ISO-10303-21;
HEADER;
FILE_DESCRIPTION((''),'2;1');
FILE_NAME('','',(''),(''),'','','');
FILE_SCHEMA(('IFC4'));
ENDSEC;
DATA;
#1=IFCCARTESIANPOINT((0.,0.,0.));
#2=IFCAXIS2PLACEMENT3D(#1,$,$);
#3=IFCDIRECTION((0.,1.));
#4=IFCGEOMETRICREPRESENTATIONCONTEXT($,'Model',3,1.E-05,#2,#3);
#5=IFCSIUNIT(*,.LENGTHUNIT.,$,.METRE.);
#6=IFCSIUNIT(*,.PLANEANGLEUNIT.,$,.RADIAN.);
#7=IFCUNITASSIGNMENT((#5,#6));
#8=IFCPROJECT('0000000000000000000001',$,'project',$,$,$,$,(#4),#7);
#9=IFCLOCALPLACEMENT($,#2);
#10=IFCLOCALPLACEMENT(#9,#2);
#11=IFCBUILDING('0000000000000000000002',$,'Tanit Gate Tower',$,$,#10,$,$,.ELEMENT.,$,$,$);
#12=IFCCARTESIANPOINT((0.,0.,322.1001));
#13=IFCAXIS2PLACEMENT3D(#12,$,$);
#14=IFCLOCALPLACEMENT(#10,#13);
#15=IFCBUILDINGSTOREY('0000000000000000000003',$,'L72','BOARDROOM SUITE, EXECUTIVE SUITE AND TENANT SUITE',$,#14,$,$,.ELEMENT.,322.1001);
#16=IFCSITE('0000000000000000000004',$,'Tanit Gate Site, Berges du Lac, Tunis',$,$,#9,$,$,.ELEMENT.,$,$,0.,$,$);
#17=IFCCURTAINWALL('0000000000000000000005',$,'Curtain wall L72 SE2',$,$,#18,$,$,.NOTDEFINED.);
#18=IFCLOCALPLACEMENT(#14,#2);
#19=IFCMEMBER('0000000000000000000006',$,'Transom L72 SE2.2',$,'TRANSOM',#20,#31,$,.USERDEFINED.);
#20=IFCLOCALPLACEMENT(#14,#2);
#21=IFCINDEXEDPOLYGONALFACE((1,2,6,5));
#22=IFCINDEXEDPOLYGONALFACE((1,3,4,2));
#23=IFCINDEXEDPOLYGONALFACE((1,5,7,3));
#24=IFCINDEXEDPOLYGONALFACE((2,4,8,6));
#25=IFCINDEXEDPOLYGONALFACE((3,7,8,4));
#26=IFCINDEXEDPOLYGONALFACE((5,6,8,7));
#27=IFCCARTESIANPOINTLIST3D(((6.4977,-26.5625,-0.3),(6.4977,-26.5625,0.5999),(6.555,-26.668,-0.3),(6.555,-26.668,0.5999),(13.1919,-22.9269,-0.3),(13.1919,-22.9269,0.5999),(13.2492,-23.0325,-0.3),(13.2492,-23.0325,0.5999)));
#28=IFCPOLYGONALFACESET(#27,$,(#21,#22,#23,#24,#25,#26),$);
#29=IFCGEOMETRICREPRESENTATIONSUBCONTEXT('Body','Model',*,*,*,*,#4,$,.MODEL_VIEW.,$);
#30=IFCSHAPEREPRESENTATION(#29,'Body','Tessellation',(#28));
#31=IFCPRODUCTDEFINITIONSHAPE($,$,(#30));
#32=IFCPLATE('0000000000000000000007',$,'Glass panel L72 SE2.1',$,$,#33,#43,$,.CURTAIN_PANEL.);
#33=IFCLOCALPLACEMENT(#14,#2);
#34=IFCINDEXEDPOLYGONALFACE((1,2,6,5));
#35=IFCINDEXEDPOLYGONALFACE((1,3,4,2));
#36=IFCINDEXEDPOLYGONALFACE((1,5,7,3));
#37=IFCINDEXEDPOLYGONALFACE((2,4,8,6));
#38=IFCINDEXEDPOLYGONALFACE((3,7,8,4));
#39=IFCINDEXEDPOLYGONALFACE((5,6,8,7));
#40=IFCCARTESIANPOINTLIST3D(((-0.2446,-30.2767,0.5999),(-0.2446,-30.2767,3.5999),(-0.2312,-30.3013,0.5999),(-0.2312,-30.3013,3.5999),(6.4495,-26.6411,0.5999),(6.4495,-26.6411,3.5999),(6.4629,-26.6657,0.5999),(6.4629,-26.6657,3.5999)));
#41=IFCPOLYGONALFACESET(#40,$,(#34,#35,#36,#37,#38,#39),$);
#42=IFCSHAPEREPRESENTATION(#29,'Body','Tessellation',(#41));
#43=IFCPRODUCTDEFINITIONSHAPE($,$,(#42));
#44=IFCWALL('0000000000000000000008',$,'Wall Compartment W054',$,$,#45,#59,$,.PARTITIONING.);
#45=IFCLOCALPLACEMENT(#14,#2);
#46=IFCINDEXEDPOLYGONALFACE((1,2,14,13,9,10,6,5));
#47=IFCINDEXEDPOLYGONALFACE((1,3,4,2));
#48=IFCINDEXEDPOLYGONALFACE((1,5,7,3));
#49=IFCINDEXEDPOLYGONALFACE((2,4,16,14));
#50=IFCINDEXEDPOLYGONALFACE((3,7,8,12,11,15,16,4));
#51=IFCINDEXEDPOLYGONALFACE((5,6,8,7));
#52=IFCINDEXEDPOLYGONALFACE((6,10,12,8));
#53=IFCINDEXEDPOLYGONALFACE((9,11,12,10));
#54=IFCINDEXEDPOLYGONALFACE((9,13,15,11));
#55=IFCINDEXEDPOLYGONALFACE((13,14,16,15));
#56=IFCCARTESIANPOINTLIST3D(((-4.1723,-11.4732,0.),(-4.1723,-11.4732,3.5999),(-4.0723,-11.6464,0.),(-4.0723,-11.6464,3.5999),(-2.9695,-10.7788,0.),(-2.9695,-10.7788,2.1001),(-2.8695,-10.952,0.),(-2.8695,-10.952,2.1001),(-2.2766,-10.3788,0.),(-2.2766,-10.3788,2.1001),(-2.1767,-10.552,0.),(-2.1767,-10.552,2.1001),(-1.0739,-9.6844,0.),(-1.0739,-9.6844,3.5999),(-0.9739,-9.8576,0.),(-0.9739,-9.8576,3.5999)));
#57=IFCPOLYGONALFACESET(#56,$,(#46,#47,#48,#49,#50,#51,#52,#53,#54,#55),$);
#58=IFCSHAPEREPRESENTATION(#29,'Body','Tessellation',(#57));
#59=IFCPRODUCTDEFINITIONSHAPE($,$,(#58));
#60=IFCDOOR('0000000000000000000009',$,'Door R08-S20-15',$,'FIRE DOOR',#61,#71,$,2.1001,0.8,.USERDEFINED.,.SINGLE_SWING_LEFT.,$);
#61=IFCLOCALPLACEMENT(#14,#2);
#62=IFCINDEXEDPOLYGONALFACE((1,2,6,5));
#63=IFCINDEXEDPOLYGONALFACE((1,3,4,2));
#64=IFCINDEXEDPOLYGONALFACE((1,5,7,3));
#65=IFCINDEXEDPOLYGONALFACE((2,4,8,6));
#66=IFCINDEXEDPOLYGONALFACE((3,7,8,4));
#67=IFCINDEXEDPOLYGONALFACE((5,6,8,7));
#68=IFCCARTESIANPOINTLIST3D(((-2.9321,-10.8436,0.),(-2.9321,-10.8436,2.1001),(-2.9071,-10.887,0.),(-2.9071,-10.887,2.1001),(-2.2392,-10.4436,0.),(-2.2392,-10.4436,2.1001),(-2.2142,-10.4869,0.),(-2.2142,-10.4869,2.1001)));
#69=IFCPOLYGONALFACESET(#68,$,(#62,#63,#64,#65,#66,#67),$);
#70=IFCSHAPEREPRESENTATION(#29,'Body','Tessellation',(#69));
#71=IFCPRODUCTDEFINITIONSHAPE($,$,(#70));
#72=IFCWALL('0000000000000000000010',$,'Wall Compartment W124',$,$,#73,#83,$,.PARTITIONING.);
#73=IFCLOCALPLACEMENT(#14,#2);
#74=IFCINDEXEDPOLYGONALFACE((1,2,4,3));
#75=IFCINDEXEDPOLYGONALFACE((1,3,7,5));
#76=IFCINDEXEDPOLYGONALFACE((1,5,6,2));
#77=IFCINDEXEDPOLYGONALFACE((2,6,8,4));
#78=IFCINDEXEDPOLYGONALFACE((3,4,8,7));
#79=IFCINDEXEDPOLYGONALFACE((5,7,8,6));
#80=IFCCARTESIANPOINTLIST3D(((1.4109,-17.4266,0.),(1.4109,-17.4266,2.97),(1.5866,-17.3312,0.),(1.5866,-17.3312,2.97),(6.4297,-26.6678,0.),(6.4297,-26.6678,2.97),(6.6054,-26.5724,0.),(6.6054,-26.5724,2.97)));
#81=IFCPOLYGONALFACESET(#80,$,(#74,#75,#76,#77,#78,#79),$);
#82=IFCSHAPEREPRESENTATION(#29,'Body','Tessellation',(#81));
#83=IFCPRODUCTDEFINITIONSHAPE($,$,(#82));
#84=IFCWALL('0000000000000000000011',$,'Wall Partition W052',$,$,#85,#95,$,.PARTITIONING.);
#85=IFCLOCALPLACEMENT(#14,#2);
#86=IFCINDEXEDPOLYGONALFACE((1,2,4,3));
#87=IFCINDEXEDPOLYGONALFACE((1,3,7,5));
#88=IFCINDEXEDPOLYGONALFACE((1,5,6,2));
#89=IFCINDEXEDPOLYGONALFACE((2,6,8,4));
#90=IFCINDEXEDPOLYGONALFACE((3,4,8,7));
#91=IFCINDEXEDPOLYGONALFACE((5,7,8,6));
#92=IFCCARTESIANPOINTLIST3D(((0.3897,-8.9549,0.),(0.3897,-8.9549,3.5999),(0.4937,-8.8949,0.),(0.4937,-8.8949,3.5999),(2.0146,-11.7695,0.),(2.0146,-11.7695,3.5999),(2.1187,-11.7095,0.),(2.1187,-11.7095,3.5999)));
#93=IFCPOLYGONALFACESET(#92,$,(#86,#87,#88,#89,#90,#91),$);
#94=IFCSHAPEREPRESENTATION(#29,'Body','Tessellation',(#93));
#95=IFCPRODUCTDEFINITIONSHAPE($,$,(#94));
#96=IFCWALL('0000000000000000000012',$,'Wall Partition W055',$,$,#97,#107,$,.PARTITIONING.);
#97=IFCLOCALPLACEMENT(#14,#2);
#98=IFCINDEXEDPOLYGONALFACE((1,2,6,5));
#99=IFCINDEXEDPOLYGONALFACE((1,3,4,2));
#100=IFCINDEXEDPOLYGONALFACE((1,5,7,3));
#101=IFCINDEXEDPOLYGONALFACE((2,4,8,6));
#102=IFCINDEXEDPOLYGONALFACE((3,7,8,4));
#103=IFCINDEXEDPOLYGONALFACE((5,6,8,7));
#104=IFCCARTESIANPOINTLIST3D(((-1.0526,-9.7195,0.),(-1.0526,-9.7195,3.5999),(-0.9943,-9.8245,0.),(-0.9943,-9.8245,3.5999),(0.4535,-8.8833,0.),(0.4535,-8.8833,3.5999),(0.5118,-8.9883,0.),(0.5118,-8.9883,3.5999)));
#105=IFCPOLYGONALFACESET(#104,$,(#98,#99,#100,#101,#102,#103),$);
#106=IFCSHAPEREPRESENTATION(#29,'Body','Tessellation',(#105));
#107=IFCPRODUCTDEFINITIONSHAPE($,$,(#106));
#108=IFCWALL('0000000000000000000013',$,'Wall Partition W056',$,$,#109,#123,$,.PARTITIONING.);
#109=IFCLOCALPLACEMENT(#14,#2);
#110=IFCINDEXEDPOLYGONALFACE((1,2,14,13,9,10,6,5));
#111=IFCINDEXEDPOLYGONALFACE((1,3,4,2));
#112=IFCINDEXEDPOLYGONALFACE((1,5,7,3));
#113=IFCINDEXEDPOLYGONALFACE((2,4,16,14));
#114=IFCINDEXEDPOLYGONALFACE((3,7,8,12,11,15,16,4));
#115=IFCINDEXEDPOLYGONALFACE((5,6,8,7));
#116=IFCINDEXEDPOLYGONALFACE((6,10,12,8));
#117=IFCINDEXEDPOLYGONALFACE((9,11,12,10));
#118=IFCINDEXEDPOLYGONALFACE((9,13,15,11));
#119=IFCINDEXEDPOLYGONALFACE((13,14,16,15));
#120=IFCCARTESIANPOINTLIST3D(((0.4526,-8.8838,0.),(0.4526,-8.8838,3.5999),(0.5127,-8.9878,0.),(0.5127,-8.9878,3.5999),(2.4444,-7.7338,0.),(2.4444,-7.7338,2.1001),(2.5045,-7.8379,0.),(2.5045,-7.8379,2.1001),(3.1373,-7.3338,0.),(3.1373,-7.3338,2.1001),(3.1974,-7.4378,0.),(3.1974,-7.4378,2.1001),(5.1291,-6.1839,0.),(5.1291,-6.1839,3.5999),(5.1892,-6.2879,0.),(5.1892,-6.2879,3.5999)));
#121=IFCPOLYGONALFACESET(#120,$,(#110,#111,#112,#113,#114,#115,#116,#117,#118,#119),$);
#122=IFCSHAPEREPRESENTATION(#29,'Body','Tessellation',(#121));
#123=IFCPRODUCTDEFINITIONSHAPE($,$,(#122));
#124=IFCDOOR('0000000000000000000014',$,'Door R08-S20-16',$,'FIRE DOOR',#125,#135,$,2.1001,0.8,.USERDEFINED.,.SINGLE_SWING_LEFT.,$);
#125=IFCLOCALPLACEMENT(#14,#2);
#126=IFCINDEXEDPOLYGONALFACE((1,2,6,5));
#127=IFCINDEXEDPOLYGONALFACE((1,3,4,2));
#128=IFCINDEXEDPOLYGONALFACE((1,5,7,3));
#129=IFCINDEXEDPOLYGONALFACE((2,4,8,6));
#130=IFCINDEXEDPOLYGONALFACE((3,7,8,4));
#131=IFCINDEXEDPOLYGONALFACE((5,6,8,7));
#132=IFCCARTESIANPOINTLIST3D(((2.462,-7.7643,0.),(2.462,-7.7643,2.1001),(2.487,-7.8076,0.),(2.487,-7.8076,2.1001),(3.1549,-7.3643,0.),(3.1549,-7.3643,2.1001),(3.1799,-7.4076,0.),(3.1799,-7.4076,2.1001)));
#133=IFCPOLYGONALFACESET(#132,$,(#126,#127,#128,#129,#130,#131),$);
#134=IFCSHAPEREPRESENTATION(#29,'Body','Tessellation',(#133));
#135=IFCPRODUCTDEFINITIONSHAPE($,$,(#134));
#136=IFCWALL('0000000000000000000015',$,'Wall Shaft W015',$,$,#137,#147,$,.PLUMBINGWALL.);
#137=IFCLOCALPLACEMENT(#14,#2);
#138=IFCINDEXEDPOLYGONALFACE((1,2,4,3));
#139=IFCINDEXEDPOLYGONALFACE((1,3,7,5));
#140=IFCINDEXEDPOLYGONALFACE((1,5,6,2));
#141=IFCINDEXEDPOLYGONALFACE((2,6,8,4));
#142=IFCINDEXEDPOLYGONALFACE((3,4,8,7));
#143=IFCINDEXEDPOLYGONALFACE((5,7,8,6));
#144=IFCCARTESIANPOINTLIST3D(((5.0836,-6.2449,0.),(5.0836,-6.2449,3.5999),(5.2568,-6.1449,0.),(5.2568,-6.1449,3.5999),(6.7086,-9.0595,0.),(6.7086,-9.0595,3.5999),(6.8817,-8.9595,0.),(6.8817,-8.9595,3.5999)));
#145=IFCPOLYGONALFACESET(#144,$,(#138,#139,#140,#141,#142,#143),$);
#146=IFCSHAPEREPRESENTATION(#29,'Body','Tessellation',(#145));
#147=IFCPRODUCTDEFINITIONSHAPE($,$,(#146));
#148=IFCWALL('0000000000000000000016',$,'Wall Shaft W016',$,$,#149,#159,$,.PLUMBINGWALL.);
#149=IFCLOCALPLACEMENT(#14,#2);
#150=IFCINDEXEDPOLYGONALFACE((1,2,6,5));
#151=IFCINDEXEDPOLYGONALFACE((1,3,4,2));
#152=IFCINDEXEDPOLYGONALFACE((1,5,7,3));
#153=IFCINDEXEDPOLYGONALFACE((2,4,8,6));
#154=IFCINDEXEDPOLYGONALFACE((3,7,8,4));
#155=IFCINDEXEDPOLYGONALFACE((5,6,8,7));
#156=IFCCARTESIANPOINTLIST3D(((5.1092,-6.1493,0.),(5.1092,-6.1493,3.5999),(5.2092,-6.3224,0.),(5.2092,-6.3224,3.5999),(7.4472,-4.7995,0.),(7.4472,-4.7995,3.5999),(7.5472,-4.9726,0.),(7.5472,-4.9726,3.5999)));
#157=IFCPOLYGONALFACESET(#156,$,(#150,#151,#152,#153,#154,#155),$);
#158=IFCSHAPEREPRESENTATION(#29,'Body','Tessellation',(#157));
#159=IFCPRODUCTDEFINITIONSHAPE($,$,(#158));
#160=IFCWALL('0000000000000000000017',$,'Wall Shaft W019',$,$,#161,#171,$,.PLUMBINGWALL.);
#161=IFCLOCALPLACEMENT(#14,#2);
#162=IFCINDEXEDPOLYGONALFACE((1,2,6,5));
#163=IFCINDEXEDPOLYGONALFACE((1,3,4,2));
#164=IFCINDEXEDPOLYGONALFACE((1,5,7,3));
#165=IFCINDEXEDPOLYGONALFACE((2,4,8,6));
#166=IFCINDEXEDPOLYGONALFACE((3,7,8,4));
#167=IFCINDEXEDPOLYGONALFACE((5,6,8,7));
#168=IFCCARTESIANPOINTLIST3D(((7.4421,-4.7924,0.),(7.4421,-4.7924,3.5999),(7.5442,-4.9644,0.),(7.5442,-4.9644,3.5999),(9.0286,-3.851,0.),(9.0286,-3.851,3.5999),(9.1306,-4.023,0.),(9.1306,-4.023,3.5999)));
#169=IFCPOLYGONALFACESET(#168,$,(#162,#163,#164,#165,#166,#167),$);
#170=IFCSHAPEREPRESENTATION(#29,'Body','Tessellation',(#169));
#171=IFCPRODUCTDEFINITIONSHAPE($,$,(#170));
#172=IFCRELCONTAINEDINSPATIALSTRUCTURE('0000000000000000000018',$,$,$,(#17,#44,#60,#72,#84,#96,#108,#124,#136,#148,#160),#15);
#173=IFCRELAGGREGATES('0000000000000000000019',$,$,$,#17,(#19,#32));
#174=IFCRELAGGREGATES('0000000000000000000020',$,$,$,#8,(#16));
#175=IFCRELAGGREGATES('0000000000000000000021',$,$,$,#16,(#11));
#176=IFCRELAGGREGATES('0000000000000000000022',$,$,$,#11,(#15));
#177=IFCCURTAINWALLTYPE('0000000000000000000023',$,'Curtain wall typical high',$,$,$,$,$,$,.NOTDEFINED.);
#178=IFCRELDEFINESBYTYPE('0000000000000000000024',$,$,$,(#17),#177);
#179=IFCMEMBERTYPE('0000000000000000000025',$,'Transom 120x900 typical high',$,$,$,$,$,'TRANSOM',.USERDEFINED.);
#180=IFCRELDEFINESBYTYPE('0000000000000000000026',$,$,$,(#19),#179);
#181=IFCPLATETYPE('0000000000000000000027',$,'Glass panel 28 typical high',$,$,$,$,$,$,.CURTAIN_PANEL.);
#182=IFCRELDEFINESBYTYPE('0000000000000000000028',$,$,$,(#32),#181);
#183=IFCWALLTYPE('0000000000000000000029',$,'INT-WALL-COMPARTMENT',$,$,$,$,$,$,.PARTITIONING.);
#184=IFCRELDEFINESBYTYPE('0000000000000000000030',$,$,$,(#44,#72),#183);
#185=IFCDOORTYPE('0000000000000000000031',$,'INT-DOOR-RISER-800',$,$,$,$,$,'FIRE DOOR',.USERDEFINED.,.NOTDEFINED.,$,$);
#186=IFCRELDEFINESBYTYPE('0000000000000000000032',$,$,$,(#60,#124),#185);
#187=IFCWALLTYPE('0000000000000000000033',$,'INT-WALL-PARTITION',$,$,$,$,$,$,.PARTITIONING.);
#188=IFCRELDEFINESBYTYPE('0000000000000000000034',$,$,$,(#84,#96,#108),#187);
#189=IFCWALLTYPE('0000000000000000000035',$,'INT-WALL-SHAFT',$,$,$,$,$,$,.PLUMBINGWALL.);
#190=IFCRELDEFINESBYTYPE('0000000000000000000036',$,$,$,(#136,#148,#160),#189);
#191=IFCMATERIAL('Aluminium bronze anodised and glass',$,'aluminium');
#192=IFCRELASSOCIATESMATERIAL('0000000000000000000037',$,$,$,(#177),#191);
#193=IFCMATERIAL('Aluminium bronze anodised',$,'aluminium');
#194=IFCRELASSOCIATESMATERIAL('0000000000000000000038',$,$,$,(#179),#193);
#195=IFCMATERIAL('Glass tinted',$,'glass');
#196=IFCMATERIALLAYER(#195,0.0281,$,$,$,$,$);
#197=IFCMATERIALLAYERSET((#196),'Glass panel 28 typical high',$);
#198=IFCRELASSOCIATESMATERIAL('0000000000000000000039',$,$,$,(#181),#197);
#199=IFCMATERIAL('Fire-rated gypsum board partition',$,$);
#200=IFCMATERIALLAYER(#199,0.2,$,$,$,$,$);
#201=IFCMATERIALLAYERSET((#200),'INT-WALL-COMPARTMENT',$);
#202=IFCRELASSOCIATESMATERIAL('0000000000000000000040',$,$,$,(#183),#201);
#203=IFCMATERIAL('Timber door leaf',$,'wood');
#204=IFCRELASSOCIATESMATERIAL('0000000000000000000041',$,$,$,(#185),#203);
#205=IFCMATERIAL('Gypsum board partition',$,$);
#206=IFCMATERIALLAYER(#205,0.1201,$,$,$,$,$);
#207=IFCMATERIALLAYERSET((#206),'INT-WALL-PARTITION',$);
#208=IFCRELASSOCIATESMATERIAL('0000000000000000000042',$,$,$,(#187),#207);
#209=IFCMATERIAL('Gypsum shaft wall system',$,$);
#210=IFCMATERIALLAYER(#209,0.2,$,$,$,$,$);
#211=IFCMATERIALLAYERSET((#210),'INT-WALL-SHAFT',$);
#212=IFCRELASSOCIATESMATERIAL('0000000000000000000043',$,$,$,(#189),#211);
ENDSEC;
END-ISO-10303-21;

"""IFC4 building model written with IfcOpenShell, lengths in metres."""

from ifc_helpers import new_model, si_unit, direction, frame, frame_2d, origin, origin_2d, place, context, subcontext, project, spatial, rectangle, extrude, material, layer, layer_set, material_profile, profile_set, type_object, element, fill, aggregate, save


model = new_model("IFC4")

# Units and contexts
model_context = context("Model", 3, precision=1e-05, world=origin(), true_north=direction((0.0, 1.0)))
body_context = subcontext(model_context, "Body", "Model", "MODEL_VIEW")
ifc_project = project(units=[si_unit("LENGTHUNIT", "METRE"), si_unit("PLANEANGLEUNIT", "RADIAN")], contexts=[model_context])

# Site, building, storey
site_placement = place(None, origin())
site = spatial("IfcSite", under=ifc_project, at=site_placement, Name="Tanit Gate Site, Berges du Lac, Tunis", CompositionType="ELEMENT", RefElevation=0.0)
building_placement = place(site_placement, origin())
building = spatial("IfcBuilding", under=site, at=building_placement, Name="Tanit Gate Tower", CompositionType="ELEMENT")
storey_placement = place(building_placement, frame((0.0, 0.0, 322.1001)))
storey = spatial("IfcBuildingStorey", under=building, at=storey_placement, Name="L72", Description="BOARDROOM SUITE, EXECUTIVE SUITE AND TENANT SUITE", CompositionType="ELEMENT", Elevation=322.1001)

# Curtain wall
ifc_material_1 = material(Name="Aluminium bronze anodised and glass", Category="aluminium")
curtain_wall_type = type_object("IfcCurtainWallType", Name="Curtain wall typical high", PredefinedType="NOTDEFINED", material=ifc_material_1)
curtain_wall_1_placement = place(storey_placement, origin())
curtain_wall_1 = element("IfcCurtainWall", 1, at=curtain_wall_1_placement, inside=storey, type_object=curtain_wall_type, Name="Curtain wall L72 SE2", PredefinedType="NOTDEFINED")

# Member
ifc_material_2 = material(Name="Aluminium bronze anodised", Category="aluminium")
ifc_material_profile_1 = material_profile(ifc_material_2, rectangle(XDim=0.1201, YDim=0.8999, at=origin_2d()), Name="120x900 bronze transom")
ifc_profile_set_1 = profile_set([ifc_material_profile_1], Name="Aluminium bronze anodised")
member_type_1 = type_object("IfcMemberType", Name="Transom 120x900 typical high", ElementType="TRANSOM", PredefinedType="USERDEFINED", material=ifc_profile_set_1)
member_1_placement = place(storey_placement, frame((6.5264, -26.6152, 0.1499), z_axis=(0.878767, 0.47725, 0.0), x_axis=(-0.47725, 0.878767, 0.0)))
member_1 = element("IfcMember", 2, at=member_1_placement, type_object=member_type_1, Name="Transom L72 SE2.2", ObjectType="TRANSOM", PredefinedType="USERDEFINED", context=body_context, shape_type="SweptSolid", body=[
    extrude(rectangle(XDim=0.1201, YDim=0.8999, at=origin_2d()), origin(), (0.0, 0.0, 1.0), 7.6177),
])

# Plate
ifc_material_3 = material(Name="Glass tinted", Category="glass")
ifc_layer_1 = layer(ifc_material_3, 0.0281)
ifc_layer_set_1 = layer_set([ifc_layer_1], Name="Glass panel 28 typical high")
plate_type = type_object("IfcPlateType", Name="Glass panel 28 typical high", PredefinedType="CURTAIN_PANEL", material=ifc_layer_set_1)
plate_placement = place(storey_placement, frame((3.1091, -28.4712, 0.5999), z_axis=(0.0, 0.0, 1.0), x_axis=(0.878762, 0.477259, 0.0)))
plate = element("IfcPlate", 3, at=plate_placement, type_object=plate_type, Name="Glass panel L72 SE2.1", PredefinedType="CURTAIN_PANEL", context=body_context, shape_type="SweptSolid", body=[
    extrude(rectangle(XDim=7.6177, YDim=0.0281, at=origin_2d()), origin(), (0.0, 0.0, 1.0), 3.0),
])
aggregate(curtain_wall_1, [member_1, plate])

# Wall, opening, door
ifc_material_4 = material(Name="Fire-rated gypsum board partition")
ifc_layer_2 = layer(ifc_material_4, 0.2)
ifc_layer_set_2 = layer_set([ifc_layer_2], Name="INT-WALL-COMPARTMENT")
wall_type_1 = type_object("IfcWallType", Name="INT-WALL-COMPARTMENT", PredefinedType="PARTITIONING", material=ifc_layer_set_2)
wall_1_placement = place(storey_placement, frame((-1.0239, -9.771, 0.0), z_axis=(0.0, 0.0, 1.0), x_axis=(-0.86603, -0.499992, 0.0)))
wall_1 = element("IfcWall", 4, at=wall_1_placement, inside=storey, type_object=wall_type_1, Name="Wall Compartment W054", PredefinedType="PARTITIONING", context=body_context, shape_type="SweptSolid", body=[
    extrude(rectangle(XDim=3.5776, YDim=0.2, at=frame_2d((1.7888, 0.0))), origin(), (0.0, 0.0, 1.0), 3.5999),
])
opening_1_placement = place(wall_1_placement, frame((1.3889, 0.0, 0.0)))
opening_1 = element("IfcOpeningElement", 5, at=opening_1_placement, cuts=wall_1, PredefinedType="OPENING", context=body_context, shape_type="SweptSolid", body=[
    extrude(rectangle(XDim=0.8, YDim=2.1001, at=frame_2d((0.3999, 1.05))), frame((0.0, 0.1099, 0.0), z_axis=(0.0, -1.0, 0.0), x_axis=(1.0, 0.0, 0.0)), (0.0, 0.0, 1.0), 0.22),
])
ifc_material_5 = material(Name="Timber door leaf", Category="wood")
door_type = type_object("IfcDoorType", Name="INT-DOOR-RISER-800", ElementType="FIRE DOOR", OperationType="NOTDEFINED", PredefinedType="USERDEFINED", material=ifc_material_5)
door_1_placement = place(opening_1_placement, origin())
door_1 = element("IfcDoor", 6, at=door_1_placement, inside=storey, type_object=door_type, Name="Door R08-S20-15", ObjectType="FIRE DOOR", OperationType="SINGLE_SWING_LEFT", OverallHeight=2.1001, OverallWidth=0.8, PredefinedType="USERDEFINED", context=body_context, shape_type="SweptSolid", body=[
    extrude(rectangle(XDim=0.8, YDim=2.1001, at=frame_2d((0.3999, 1.05))), frame((0.0, 0.0249, 0.0), z_axis=(0.0, -1.0, 0.0), x_axis=(1.0, 0.0, 0.0)), (0.0, 0.0, 1.0), 0.05),
])
fill(opening_1, door_1)

# Walls
wall_2_placement = place(storey_placement, frame((1.4988, -17.3789, 0.0), z_axis=(0.0, 0.0, 1.0), x_axis=(0.477249, -0.878768, 0.0)))
element("IfcWall", 7, at=wall_2_placement, inside=storey, type_object=wall_type_1, Name="Wall Compartment W124", PredefinedType="PARTITIONING", context=body_context, shape_type="SweptSolid", body=[
    extrude(rectangle(XDim=10.5161, YDim=0.2, at=frame_2d((5.2581, 0.0))), origin(), (0.0, 0.0, 1.0), 2.97),
])
ifc_material_6 = material(Name="Gypsum board partition")
ifc_layer_3 = layer(ifc_material_6, 0.1201)
ifc_layer_set_3 = layer_set([ifc_layer_3], Name="INT-WALL-PARTITION")
wall_type_2 = type_object("IfcWallType", Name="INT-WALL-PARTITION", PredefinedType="PARTITIONING", material=ifc_layer_set_3)
wall_3_placement = place(storey_placement, frame((2.0667, -11.7395, 0.0), z_axis=(0.0, 0.0, 1.0), x_axis=(-0.499985, 0.866034, 0.0)))
element("IfcWall", 8, at=wall_3_placement, inside=storey, type_object=wall_type_2, Name="Wall Partition W052", PredefinedType="PARTITIONING", context=body_context, shape_type="SweptSolid", body=[
    extrude(rectangle(XDim=3.25, YDim=0.1201, at=frame_2d((1.625, 0.0))), origin(), (0.0, 0.0, 1.0), 3.5999),
])
wall_4_placement = place(storey_placement, frame((-1.0234, -9.772, 0.0), z_axis=(0.0, 0.0, 1.0), x_axis=(0.874291, 0.485402, 0.0)))
element("IfcWall", 9, at=wall_4_placement, inside=storey, type_object=wall_type_2, Name="Wall Partition W055", PredefinedType="PARTITIONING", context=body_context, shape_type="SweptSolid", body=[
    extrude(rectangle(XDim=1.7227, YDim=0.1201, at=frame_2d((0.8613, 0.0))), origin(), (0.0, 0.0, 1.0), 3.5999),
])

# Wall, opening, door
wall_5_placement = place(storey_placement, frame((0.4827, -8.9358, 0.0), z_axis=(0.0, 0.0, 1.0), x_axis=(0.866028, 0.499995, 0.0)))
wall_5 = element("IfcWall", 10, at=wall_5_placement, inside=storey, type_object=wall_type_2, Name="Wall Partition W056", PredefinedType="PARTITIONING", context=body_context, shape_type="SweptSolid", body=[
    extrude(rectangle(XDim=5.3999, YDim=0.1201, at=frame_2d((2.7, 0.0))), origin(), (0.0, 0.0, 1.0), 3.5999),
])
opening_2_placement = place(wall_5_placement, frame((2.3, 0.0, 0.0)))
opening_2 = element("IfcOpeningElement", 11, at=opening_2_placement, cuts=wall_5, PredefinedType="OPENING", context=body_context, shape_type="SweptSolid", body=[
    extrude(rectangle(XDim=0.8, YDim=2.1001, at=frame_2d((0.3999, 1.05))), frame((0.0, 0.0701, 0.0), z_axis=(0.0, -1.0, 0.0), x_axis=(1.0, 0.0, 0.0)), (0.0, 0.0, 1.0), 0.1401),
])
door_2_placement = place(opening_2_placement, origin())
door_2 = element("IfcDoor", 12, at=door_2_placement, inside=storey, type_object=door_type, Name="Door R08-S20-16", ObjectType="FIRE DOOR", OperationType="SINGLE_SWING_LEFT", OverallHeight=2.1001, OverallWidth=0.8, PredefinedType="USERDEFINED", context=body_context, shape_type="SweptSolid", body=[
    extrude(rectangle(XDim=0.8, YDim=2.1001, at=frame_2d((0.3999, 1.05))), frame((0.0, 0.0249, 0.0), z_axis=(0.0, -1.0, 0.0), x_axis=(1.0, 0.0, 0.0)), (0.0, 0.0, 1.0), 0.05),
])
fill(opening_2, door_2)

# Walls
ifc_material_7 = material(Name="Gypsum shaft wall system")
ifc_layer_4 = layer(ifc_material_7, 0.2)
ifc_layer_set_4 = layer_set([ifc_layer_4], Name="INT-WALL-SHAFT")
wall_type_3 = type_object("IfcWallType", Name="INT-WALL-SHAFT", PredefinedType="PLUMBINGWALL", material=ifc_layer_set_4)
wall_6_placement = place(storey_placement, frame((6.7952, -9.0095, 0.0), z_axis=(0.0, 0.0, 1.0), x_axis=(-0.499985, 0.866034, 0.0)))
element("IfcWall", 13, at=wall_6_placement, inside=storey, type_object=wall_type_3, Name="Wall Shaft W015", PredefinedType="PLUMBINGWALL", context=body_context, shape_type="SweptSolid", body=[
    extrude(rectangle(XDim=3.25, YDim=0.2, at=frame_2d((1.625, 0.0))), origin(), (0.0, 0.0, 1.0), 3.5999),
])
wall_7_placement = place(storey_placement, frame((5.1592, -6.2358, 0.0), z_axis=(0.0, 0.0, 1.0), x_axis=(0.866037, 0.499981, 0.0)))
element("IfcWall", 14, at=wall_7_placement, inside=storey, type_object=wall_type_3, Name="Wall Shaft W016", PredefinedType="PLUMBINGWALL", context=body_context, shape_type="SweptSolid", body=[
    extrude(rectangle(XDim=2.6997, YDim=0.2, at=frame_2d((1.3499, 0.0))), origin(), (0.0, 0.0, 1.0), 3.5999),
])
wall_8_placement = place(storey_placement, frame((7.4932, -4.8784, 0.0), z_axis=(0.0, 0.0, 1.0), x_axis=(0.859982, 0.510325, 0.0)))
element("IfcWall", 15, at=wall_8_placement, inside=storey, type_object=wall_type_3, Name="Wall Shaft W019", PredefinedType="PLUMBINGWALL", context=body_context, shape_type="SweptSolid", body=[
    extrude(rectangle(XDim=1.8447, YDim=0.2, at=frame_2d((0.9224, 0.0))), origin(), (0.0, 0.0, 1.0), 3.5999),
])

save(model, "model.ifc")
